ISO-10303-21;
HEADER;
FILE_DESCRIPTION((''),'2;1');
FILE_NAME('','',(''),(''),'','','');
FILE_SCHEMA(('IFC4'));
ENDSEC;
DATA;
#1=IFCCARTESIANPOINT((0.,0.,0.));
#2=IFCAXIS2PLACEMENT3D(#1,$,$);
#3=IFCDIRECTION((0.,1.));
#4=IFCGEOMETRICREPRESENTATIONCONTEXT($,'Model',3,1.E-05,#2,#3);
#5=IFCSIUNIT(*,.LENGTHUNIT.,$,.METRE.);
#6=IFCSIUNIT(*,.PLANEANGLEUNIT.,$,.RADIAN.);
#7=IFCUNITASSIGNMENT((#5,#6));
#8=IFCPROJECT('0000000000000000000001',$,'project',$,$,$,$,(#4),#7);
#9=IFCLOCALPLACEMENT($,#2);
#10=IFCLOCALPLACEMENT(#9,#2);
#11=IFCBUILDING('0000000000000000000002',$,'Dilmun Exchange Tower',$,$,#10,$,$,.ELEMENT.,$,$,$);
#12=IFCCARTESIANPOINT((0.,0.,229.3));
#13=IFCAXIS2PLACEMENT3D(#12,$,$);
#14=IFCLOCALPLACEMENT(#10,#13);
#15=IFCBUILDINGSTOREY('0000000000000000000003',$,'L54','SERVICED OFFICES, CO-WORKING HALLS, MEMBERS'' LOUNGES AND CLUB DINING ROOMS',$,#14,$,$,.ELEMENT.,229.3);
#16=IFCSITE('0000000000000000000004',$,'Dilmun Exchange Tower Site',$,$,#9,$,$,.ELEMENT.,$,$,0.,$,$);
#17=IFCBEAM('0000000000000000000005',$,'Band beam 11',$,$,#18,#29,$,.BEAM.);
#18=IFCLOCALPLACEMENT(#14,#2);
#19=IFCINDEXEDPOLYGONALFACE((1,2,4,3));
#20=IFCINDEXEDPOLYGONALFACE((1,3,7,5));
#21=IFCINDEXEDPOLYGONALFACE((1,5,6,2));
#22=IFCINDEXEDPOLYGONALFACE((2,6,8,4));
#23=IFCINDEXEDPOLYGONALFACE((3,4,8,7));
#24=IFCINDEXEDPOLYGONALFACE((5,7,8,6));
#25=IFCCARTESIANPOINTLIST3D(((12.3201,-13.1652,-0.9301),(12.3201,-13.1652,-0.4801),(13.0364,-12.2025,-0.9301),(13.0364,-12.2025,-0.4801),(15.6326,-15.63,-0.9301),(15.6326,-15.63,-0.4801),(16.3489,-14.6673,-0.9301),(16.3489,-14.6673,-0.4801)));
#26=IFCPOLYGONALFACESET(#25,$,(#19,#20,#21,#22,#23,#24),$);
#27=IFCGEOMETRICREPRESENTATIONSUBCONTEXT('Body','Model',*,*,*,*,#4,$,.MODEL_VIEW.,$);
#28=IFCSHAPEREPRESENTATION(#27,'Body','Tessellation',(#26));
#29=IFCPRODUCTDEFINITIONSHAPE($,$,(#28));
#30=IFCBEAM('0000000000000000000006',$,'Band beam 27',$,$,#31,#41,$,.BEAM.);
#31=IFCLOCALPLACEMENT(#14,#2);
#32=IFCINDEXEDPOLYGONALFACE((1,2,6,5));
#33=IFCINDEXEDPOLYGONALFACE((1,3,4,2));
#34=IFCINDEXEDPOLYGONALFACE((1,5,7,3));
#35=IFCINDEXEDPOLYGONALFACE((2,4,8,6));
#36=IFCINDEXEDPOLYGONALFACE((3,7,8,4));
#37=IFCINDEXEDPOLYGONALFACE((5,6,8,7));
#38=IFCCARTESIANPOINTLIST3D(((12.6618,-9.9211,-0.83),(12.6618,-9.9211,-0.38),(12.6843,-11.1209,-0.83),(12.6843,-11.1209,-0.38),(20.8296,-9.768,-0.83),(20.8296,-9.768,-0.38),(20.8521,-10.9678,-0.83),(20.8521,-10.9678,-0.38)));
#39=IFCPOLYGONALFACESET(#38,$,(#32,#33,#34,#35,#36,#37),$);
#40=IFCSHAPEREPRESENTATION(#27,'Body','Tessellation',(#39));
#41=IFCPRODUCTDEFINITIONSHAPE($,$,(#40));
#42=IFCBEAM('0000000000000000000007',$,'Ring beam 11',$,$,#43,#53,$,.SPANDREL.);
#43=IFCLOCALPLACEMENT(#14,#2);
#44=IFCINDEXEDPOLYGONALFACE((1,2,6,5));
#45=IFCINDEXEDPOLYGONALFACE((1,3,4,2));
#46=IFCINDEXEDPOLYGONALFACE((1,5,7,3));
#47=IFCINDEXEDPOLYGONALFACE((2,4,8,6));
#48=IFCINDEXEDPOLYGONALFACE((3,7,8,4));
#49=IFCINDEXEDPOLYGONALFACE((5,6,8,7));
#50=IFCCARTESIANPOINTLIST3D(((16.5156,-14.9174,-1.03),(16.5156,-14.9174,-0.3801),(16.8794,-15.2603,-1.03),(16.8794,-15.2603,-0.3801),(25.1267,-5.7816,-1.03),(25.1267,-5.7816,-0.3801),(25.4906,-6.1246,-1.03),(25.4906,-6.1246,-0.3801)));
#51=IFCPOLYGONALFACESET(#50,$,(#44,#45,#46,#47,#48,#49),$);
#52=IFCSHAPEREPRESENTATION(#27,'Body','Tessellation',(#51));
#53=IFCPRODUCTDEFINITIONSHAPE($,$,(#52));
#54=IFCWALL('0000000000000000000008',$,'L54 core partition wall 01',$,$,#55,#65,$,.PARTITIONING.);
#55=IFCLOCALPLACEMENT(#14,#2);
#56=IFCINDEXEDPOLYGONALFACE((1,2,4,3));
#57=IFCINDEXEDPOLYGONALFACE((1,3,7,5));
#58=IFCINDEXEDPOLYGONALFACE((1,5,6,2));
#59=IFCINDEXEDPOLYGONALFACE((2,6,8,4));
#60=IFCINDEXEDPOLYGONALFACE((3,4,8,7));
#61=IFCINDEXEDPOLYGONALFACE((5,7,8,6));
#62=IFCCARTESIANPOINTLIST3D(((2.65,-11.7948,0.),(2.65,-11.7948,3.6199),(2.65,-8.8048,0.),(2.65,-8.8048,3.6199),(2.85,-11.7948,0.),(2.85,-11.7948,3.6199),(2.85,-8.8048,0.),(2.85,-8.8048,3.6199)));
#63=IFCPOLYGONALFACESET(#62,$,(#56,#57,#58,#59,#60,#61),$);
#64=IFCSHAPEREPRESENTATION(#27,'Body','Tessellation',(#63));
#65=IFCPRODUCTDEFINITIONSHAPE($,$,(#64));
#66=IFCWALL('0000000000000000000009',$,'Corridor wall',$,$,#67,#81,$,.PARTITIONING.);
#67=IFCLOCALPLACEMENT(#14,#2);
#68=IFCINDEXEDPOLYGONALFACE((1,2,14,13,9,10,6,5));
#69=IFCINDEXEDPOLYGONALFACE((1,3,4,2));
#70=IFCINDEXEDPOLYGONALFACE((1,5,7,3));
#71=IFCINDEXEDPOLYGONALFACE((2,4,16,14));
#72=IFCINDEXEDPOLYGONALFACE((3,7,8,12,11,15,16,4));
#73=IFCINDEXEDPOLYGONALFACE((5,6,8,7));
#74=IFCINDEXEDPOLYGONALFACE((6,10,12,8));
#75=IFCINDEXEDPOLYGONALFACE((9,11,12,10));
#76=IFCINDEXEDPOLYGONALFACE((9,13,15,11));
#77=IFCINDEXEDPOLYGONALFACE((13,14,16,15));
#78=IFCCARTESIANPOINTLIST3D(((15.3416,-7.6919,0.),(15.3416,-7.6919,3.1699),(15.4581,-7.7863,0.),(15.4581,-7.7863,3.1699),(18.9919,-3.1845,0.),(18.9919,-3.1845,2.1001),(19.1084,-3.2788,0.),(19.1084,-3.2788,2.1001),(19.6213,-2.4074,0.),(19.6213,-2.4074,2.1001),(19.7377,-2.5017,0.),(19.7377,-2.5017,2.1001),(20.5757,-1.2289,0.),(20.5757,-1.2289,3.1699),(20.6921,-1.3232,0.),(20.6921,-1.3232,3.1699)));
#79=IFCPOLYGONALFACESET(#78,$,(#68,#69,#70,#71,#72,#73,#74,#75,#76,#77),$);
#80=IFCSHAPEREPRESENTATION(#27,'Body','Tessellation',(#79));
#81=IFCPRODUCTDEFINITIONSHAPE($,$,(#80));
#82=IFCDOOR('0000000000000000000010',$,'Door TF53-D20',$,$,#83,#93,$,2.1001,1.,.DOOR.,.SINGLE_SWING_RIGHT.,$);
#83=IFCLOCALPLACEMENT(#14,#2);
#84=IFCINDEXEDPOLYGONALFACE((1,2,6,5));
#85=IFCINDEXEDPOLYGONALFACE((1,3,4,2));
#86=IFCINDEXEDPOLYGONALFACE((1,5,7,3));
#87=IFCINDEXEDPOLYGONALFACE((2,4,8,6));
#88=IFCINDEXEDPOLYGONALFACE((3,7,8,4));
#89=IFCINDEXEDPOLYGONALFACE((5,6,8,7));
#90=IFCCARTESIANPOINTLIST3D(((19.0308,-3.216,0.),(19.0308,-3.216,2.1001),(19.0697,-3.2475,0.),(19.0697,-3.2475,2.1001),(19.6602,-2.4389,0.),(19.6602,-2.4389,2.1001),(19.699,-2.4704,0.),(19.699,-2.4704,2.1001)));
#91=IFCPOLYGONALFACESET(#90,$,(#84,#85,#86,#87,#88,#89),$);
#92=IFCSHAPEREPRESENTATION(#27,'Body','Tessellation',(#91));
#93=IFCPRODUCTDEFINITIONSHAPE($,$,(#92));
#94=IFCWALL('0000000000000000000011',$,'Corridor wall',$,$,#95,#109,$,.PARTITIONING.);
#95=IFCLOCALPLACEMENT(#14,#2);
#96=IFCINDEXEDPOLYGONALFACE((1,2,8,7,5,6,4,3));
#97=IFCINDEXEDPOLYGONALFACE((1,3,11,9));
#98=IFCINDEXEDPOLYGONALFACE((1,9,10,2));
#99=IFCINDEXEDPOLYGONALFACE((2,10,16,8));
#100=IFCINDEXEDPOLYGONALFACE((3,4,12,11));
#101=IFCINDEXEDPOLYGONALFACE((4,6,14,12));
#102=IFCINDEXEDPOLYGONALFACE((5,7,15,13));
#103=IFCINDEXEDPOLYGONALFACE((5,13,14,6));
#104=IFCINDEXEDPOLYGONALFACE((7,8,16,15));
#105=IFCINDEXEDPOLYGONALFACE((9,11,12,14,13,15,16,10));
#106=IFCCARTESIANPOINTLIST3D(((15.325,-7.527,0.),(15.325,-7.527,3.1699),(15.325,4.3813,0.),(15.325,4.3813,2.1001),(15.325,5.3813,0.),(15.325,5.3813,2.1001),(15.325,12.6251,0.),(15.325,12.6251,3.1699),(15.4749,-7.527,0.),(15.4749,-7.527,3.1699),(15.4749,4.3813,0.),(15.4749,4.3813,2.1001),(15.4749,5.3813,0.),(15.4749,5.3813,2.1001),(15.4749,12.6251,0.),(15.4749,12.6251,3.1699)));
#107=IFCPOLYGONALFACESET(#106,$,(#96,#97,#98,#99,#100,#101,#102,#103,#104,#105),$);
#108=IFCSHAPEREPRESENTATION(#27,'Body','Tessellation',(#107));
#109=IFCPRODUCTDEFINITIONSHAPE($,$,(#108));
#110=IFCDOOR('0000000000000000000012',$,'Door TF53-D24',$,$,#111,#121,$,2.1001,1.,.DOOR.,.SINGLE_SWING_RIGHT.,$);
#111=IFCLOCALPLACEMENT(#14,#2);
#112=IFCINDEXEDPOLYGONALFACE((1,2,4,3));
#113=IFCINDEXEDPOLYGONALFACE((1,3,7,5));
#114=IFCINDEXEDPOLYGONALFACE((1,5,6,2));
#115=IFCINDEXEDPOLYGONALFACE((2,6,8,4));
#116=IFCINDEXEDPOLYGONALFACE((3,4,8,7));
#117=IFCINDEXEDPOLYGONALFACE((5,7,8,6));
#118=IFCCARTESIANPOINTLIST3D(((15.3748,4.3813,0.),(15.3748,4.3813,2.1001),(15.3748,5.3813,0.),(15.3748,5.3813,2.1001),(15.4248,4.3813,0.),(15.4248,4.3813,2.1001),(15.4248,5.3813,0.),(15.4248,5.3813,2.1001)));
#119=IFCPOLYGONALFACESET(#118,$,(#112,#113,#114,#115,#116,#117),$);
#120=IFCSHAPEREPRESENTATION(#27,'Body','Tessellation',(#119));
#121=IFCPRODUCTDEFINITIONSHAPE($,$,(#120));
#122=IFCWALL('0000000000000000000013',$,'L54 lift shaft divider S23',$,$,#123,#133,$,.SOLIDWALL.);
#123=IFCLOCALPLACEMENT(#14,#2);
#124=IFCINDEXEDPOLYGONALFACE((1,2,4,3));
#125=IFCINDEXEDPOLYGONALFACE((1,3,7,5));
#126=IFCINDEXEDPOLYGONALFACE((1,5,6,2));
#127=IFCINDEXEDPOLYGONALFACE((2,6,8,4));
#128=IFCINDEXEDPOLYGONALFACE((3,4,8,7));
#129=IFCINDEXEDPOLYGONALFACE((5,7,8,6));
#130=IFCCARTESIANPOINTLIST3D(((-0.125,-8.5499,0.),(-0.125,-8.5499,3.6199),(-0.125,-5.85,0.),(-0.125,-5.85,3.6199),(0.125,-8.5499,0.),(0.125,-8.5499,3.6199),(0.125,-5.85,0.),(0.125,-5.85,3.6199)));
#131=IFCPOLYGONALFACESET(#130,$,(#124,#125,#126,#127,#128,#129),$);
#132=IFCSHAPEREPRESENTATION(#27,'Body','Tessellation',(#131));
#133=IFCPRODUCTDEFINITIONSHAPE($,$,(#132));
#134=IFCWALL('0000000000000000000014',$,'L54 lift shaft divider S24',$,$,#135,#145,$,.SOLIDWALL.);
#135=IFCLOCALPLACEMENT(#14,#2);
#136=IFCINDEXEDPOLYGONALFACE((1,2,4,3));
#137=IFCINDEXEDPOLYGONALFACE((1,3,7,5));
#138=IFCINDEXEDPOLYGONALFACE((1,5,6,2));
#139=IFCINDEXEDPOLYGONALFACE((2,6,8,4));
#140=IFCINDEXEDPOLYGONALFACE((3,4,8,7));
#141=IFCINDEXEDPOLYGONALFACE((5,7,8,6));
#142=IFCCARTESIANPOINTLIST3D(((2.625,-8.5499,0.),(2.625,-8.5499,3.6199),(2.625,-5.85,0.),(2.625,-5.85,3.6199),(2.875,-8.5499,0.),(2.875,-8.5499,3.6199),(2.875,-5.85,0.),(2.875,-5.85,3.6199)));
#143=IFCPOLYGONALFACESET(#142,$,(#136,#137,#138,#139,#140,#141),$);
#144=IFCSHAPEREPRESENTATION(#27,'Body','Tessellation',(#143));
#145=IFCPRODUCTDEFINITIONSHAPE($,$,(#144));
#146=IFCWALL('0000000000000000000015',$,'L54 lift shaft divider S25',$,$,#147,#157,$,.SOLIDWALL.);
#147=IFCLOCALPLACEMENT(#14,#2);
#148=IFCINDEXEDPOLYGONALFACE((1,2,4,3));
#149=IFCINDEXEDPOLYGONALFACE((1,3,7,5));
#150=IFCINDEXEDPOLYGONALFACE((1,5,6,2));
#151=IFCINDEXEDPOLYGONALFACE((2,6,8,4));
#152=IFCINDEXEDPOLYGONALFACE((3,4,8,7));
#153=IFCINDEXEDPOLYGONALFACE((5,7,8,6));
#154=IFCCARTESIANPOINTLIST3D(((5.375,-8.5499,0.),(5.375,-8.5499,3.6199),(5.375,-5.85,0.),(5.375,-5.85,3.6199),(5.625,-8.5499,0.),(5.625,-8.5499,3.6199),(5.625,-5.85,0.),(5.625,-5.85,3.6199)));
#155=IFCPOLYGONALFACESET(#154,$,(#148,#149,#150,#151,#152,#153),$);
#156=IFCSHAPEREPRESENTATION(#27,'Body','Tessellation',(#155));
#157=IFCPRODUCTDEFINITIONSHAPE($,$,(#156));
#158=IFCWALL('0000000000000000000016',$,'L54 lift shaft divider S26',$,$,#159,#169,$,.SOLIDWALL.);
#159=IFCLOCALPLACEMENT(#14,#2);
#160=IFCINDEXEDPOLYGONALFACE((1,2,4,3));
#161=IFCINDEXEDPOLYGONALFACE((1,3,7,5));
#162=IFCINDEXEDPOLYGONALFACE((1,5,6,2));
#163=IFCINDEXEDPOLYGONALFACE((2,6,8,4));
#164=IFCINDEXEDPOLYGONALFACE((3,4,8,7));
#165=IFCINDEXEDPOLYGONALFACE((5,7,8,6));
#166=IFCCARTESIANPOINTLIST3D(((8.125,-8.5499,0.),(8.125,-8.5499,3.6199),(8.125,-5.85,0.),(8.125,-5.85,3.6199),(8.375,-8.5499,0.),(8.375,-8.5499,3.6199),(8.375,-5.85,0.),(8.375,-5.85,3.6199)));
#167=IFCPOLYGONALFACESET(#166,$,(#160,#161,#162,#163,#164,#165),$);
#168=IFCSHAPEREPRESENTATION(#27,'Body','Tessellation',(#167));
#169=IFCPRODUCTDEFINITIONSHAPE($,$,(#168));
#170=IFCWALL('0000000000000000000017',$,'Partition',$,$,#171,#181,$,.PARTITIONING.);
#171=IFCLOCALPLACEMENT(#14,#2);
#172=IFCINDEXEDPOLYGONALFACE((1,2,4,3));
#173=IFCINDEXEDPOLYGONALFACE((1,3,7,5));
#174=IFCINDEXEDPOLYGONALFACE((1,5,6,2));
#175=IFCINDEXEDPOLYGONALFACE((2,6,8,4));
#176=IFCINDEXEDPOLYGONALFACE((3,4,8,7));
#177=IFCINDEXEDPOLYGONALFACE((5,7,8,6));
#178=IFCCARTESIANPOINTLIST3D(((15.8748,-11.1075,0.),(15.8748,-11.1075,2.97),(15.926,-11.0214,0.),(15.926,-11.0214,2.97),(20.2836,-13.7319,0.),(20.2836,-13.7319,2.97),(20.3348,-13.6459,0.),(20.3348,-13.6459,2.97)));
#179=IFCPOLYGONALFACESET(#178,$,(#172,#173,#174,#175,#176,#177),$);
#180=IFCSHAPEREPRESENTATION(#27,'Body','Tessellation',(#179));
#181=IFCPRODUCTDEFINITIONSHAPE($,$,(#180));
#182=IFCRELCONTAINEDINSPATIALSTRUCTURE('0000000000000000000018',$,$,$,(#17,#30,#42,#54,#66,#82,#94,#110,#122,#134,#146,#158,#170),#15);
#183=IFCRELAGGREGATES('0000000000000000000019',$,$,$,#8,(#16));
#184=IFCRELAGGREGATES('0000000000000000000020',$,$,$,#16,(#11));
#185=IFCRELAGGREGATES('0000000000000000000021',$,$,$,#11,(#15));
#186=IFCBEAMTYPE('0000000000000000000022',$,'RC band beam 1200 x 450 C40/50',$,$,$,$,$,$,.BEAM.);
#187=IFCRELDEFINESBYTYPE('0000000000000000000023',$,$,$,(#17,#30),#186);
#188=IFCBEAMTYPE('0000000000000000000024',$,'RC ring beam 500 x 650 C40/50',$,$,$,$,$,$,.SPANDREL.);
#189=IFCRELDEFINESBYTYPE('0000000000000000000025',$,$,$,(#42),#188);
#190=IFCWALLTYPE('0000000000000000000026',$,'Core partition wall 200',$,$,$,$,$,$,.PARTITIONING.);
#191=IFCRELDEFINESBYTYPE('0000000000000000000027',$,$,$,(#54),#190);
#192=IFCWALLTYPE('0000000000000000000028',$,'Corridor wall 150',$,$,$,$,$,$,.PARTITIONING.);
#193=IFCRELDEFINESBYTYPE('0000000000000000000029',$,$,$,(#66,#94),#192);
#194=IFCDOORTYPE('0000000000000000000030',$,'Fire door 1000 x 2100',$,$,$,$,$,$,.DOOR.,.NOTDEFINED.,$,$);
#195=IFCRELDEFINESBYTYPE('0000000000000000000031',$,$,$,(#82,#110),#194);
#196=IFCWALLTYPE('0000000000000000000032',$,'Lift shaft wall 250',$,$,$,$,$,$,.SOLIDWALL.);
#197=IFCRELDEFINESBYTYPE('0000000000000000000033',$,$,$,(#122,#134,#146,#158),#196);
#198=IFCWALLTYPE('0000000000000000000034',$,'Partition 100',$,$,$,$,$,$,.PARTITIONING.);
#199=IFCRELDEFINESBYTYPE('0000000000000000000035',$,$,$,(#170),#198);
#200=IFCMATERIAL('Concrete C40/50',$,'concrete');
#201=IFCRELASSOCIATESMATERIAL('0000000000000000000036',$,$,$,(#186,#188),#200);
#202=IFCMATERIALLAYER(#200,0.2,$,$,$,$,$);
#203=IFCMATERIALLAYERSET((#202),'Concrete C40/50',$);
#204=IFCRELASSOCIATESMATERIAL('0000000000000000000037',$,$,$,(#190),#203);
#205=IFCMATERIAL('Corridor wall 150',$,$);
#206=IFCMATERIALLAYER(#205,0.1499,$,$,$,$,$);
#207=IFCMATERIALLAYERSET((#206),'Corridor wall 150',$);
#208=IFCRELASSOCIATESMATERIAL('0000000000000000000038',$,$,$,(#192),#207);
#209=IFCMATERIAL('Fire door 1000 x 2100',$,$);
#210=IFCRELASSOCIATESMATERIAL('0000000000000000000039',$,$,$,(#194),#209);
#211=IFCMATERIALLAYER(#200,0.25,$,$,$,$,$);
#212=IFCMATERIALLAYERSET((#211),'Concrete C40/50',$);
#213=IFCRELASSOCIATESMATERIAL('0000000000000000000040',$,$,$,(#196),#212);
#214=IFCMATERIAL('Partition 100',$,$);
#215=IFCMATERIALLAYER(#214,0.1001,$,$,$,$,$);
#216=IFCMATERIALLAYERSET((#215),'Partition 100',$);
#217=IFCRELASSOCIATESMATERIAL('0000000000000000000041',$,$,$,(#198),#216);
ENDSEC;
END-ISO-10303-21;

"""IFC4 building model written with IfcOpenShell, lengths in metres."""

from ifc_helpers import new_model, si_unit, direction, frame, frame_2d, origin, origin_2d, place, context, subcontext, project, spatial, rectangle, extrude, material, layer, layer_set, material_profile, profile_set, type_object, element, fill, save


model = new_model("IFC4")

# Units and contexts
model_context = context("Model", 3, precision=1e-05, world=origin(), true_north=direction((0.0, 1.0)))
body_context = subcontext(model_context, "Body", "Model", "MODEL_VIEW")
ifc_project = project(units=[si_unit("LENGTHUNIT", "METRE"), si_unit("PLANEANGLEUNIT", "RADIAN")], contexts=[model_context])

# Site, building, storey
site_placement = place(None, origin())
site = spatial("IfcSite", under=ifc_project, at=site_placement, Name="Dilmun Exchange Tower Site", CompositionType="ELEMENT", RefElevation=0.0)
building_placement = place(site_placement, origin())
building = spatial("IfcBuilding", under=site, at=building_placement, Name="Dilmun Exchange Tower", CompositionType="ELEMENT")
storey_placement = place(building_placement, frame((0.0, 0.0, 229.3)))
storey = spatial("IfcBuildingStorey", under=building, at=storey_placement, Name="L54", Description="SERVICED OFFICES, CO-WORKING HALLS, MEMBERS' LOUNGES AND CLUB DINING ROOMS", CompositionType="ELEMENT", Elevation=229.3)

# Beams
ifc_material_1 = material(Name="Concrete C40/50", Category="concrete")
ifc_material_profile_1 = material_profile(ifc_material_1, rectangle(XDim=1.2, YDim=0.45, at=origin_2d()), Name="1200 x 450")
ifc_profile_set_1 = profile_set([ifc_material_profile_1], Name="Concrete C40/50")
beam_type_1 = type_object("IfcBeamType", Name="RC band beam 1200 x 450 C40/50", PredefinedType="BEAM", material=ifc_profile_set_1)
beam_1_placement = place(storey_placement, frame((15.9907, -15.1487, -0.7051), z_axis=(-0.802265, 0.596968, 0.0), x_axis=(-0.596968, -0.802265, 0.0)))
element("IfcBeam", 1, at=beam_1_placement, inside=storey, type_object=beam_type_1, Name="Band beam 11", PredefinedType="BEAM", context=body_context, shape_type="SweptSolid", body=[
    extrude(rectangle(XDim=1.2, YDim=0.45, at=origin_2d()), origin(), (0.0, 0.0, 1.0), 4.1289),
])
beam_2_placement = place(storey_placement, frame((20.8408, -10.3679, -0.605), z_axis=(-0.999824, -0.018738, 0.0), x_axis=(0.018738, -0.999824, 0.0)))
element("IfcBeam", 2, at=beam_2_placement, inside=storey, type_object=beam_type_1, Name="Band beam 27", PredefinedType="BEAM", context=body_context, shape_type="SweptSolid", body=[
    extrude(rectangle(XDim=1.2, YDim=0.45, at=origin_2d()), origin(), (0.0, 0.0, 1.0), 8.1692),
])
ifc_material_profile_2 = material_profile(ifc_material_1, rectangle(XDim=0.5, YDim=0.6499, at=origin_2d()), Name="500 x 650")
ifc_profile_set_2 = profile_set([ifc_material_profile_2], Name="Concrete C40/50")
beam_type_2 = type_object("IfcBeamType", Name="RC ring beam 500 x 650 C40/50", PredefinedType="SPANDREL", material=ifc_profile_set_2)
beam_3_placement = place(storey_placement, frame((16.6975, -15.0889, -0.7051), z_axis=(0.685903, 0.727693, 0.0), x_axis=(-0.727693, 0.685903, 0.0)))
element("IfcBeam", 3, at=beam_3_placement, inside=storey, type_object=beam_type_2, Name="Ring beam 11", PredefinedType="SPANDREL", context=body_context, shape_type="SweptSolid", body=[
    extrude(rectangle(XDim=0.5, YDim=0.6499, at=origin_2d()), origin(), (0.0, 0.0, 1.0), 12.5544),
])

# Wall
ifc_layer_1 = layer(ifc_material_1, 0.2)
ifc_layer_set_1 = layer_set([ifc_layer_1], Name="Concrete C40/50")
wall_type_1 = type_object("IfcWallType", Name="Core partition wall 200", PredefinedType="PARTITIONING", material=ifc_layer_set_1)
wall_1_placement = place(storey_placement, frame((2.75, -11.7949, 0.0), z_axis=(0.0, 0.0, 1.0), x_axis=(0.0, 1.0, 0.0)))
element("IfcWall", 4, at=wall_1_placement, inside=storey, type_object=wall_type_1, Name="L54 core partition wall 01", PredefinedType="PARTITIONING", context=body_context, shape_type="SweptSolid", body=[
    extrude(rectangle(XDim=2.99, YDim=0.2, at=frame_2d((1.4951, 0.0))), origin(), (0.0, 0.0, 1.0), 3.6199),
])

# Walls, openings, doors
ifc_material_2 = material(Name="Corridor wall 150")
ifc_layer_2 = layer(ifc_material_2, 0.1499)
ifc_layer_set_2 = layer_set([ifc_layer_2], Name="Corridor wall 150")
wall_type_2 = type_object("IfcWallType", Name="Corridor wall 150", PredefinedType="PARTITIONING", material=ifc_layer_set_2)
wall_2_placement = place(storey_placement, frame((15.3999, -7.739, 0.0), z_axis=(0.0, 0.0, 1.0), x_axis=(0.629349, 0.777123, 0.0)))
wall_2 = element("IfcWall", 5, at=wall_2_placement, inside=storey, type_object=wall_type_2, Name="Corridor wall", PredefinedType="PARTITIONING", context=body_context, shape_type="SweptSolid", body=[
    extrude(rectangle(XDim=8.3167, YDim=0.1499, at=frame_2d((4.1582, 0.0))), origin(), (0.0, 0.0, 1.0), 3.1699),
])
opening_1_placement = place(wall_2_placement, frame((5.8, 0.0, 0.0)))
opening_1 = element("IfcOpeningElement", 6, at=opening_1_placement, cuts=wall_2, PredefinedType="OPENING", context=body_context, shape_type="SweptSolid", body=[
    extrude(rectangle(XDim=1.0, YDim=2.1001, at=frame_2d((0.5, 1.05))), frame((0.0, 0.085, 0.0), z_axis=(0.0, -1.0, 0.0), x_axis=(1.0, 0.0, 0.0)), (0.0, 0.0, 1.0), 0.1699),
])
ifc_material_3 = material(Name="Fire door 1000 x 2100")
door_type_1 = type_object("IfcDoorType", Name="Fire door 1000 x 2100", OperationType="NOTDEFINED", PredefinedType="DOOR", material=ifc_material_3)
door_1_placement = place(opening_1_placement, origin())
door_1 = element("IfcDoor", 7, at=door_1_placement, inside=storey, type_object=door_type_1, Name="Door TF53-D20", OperationType="SINGLE_SWING_RIGHT", OverallHeight=2.1001, OverallWidth=1.0, PredefinedType="DOOR", context=body_context, shape_type="SweptSolid", body=[
    extrude(rectangle(XDim=1.0, YDim=2.1001, at=frame_2d((0.5, 1.05))), frame((0.0, 0.0249, 0.0), z_axis=(0.0, -1.0, 0.0), x_axis=(1.0, 0.0, 0.0)), (0.0, 0.0, 1.0), 0.05),
])
fill(opening_1, door_1)
wall_3_placement = place(storey_placement, frame((15.3999, -7.5271, 0.0), z_axis=(0.0, 0.0, 1.0), x_axis=(0.0, 1.0, 0.0)))
wall_3 = element("IfcWall", 8, at=wall_3_placement, inside=storey, type_object=wall_type_2, Name="Corridor wall", PredefinedType="PARTITIONING", context=body_context, shape_type="SweptSolid", body=[
    extrude(rectangle(XDim=20.1521, YDim=0.1499, at=frame_2d((10.0762, 0.0))), origin(), (0.0, 0.0, 1.0), 3.1699),
])
opening_2_placement = place(wall_3_placement, frame((11.9084, 0.0, 0.0)))
opening_2 = element("IfcOpeningElement", 9, at=opening_2_placement, cuts=wall_3, PredefinedType="OPENING", context=body_context, shape_type="SweptSolid", body=[
    extrude(rectangle(XDim=1.0, YDim=2.1001, at=frame_2d((0.5, 1.05))), frame((0.0, 0.085, 0.0), z_axis=(0.0, -1.0, 0.0), x_axis=(1.0, 0.0, 0.0)), (0.0, 0.0, 1.0), 0.1699),
])
door_2_placement = place(opening_2_placement, frame((1.0, 0.0, 0.0), z_axis=(0.0, 0.0, 1.0), x_axis=(-1.0, 0.0, 0.0)))
door_2 = element("IfcDoor", 10, at=door_2_placement, inside=storey, type_object=door_type_1, Name="Door TF53-D24", OperationType="SINGLE_SWING_RIGHT", OverallHeight=2.1001, OverallWidth=1.0, PredefinedType="DOOR", context=body_context, shape_type="SweptSolid", body=[
    extrude(rectangle(XDim=1.0, YDim=2.1001, at=frame_2d((0.5, 1.05))), frame((0.0, 0.0249, 0.0), z_axis=(0.0, -1.0, 0.0), x_axis=(1.0, 0.0, 0.0)), (0.0, 0.0, 1.0), 0.05),
])
fill(opening_2, door_2)

# Walls
ifc_layer_3 = layer(ifc_material_1, 0.25)
ifc_layer_set_3 = layer_set([ifc_layer_3], Name="Concrete C40/50")
wall_type_3 = type_object("IfcWallType", Name="Lift shaft wall 250", PredefinedType="SOLIDWALL", material=ifc_layer_set_3)
for number, where, z_axis, x_axis, name in (
    (11, (0.0, -8.55, 0.0), (0.0, 0.0, 1.0), (0.0, 1.0, 0.0), "L54 lift shaft divider S23"),
    (12, (2.75, -8.55, 0.0), (0.0, 0.0, 1.0), (0.0, 1.0, 0.0), "L54 lift shaft divider S24"),
    (13, (5.5, -8.55, 0.0), (0.0, 0.0, 1.0), (0.0, 1.0, 0.0), "L54 lift shaft divider S25"),
    (14, (8.25, -8.55, 0.0), (0.0, 0.0, 1.0), (0.0, 1.0, 0.0), "L54 lift shaft divider S26"),
):
    element("IfcWall", number, at=place(storey_placement, frame(where, z_axis=z_axis, x_axis=x_axis)), inside=storey, type_object=wall_type_3, Name=name, PredefinedType="SOLIDWALL", context=body_context, shape_type="SweptSolid", body=[
        extrude(rectangle(XDim=2.7, YDim=0.25, at=frame_2d((1.3501, 0.0))), origin(), (0.0, 0.0, 1.0), 3.6199),
    ])
ifc_material_4 = material(Name="Partition 100")
ifc_layer_4 = layer(ifc_material_4, 0.1001)
ifc_layer_set_4 = layer_set([ifc_layer_4], Name="Partition 100")
wall_type_4 = type_object("IfcWallType", Name="Partition 100", PredefinedType="PARTITIONING", material=ifc_layer_set_4)
wall_4_placement = place(storey_placement, frame((15.9004, -11.0645, 0.0), z_axis=(0.0, 0.0, 1.0), x_axis=(0.85928, -0.511505, 0.0)))
element("IfcWall", 15, at=wall_4_placement, inside=storey, type_object=wall_type_4, Name="Partition", PredefinedType="PARTITIONING", context=body_context, shape_type="SweptSolid", body=[
    extrude(rectangle(XDim=5.1309, YDim=0.1001, at=frame_2d((2.5654, 0.0))), origin(), (0.0, 0.0, 1.0), 2.97),
])

save(model, "model.ifc")
